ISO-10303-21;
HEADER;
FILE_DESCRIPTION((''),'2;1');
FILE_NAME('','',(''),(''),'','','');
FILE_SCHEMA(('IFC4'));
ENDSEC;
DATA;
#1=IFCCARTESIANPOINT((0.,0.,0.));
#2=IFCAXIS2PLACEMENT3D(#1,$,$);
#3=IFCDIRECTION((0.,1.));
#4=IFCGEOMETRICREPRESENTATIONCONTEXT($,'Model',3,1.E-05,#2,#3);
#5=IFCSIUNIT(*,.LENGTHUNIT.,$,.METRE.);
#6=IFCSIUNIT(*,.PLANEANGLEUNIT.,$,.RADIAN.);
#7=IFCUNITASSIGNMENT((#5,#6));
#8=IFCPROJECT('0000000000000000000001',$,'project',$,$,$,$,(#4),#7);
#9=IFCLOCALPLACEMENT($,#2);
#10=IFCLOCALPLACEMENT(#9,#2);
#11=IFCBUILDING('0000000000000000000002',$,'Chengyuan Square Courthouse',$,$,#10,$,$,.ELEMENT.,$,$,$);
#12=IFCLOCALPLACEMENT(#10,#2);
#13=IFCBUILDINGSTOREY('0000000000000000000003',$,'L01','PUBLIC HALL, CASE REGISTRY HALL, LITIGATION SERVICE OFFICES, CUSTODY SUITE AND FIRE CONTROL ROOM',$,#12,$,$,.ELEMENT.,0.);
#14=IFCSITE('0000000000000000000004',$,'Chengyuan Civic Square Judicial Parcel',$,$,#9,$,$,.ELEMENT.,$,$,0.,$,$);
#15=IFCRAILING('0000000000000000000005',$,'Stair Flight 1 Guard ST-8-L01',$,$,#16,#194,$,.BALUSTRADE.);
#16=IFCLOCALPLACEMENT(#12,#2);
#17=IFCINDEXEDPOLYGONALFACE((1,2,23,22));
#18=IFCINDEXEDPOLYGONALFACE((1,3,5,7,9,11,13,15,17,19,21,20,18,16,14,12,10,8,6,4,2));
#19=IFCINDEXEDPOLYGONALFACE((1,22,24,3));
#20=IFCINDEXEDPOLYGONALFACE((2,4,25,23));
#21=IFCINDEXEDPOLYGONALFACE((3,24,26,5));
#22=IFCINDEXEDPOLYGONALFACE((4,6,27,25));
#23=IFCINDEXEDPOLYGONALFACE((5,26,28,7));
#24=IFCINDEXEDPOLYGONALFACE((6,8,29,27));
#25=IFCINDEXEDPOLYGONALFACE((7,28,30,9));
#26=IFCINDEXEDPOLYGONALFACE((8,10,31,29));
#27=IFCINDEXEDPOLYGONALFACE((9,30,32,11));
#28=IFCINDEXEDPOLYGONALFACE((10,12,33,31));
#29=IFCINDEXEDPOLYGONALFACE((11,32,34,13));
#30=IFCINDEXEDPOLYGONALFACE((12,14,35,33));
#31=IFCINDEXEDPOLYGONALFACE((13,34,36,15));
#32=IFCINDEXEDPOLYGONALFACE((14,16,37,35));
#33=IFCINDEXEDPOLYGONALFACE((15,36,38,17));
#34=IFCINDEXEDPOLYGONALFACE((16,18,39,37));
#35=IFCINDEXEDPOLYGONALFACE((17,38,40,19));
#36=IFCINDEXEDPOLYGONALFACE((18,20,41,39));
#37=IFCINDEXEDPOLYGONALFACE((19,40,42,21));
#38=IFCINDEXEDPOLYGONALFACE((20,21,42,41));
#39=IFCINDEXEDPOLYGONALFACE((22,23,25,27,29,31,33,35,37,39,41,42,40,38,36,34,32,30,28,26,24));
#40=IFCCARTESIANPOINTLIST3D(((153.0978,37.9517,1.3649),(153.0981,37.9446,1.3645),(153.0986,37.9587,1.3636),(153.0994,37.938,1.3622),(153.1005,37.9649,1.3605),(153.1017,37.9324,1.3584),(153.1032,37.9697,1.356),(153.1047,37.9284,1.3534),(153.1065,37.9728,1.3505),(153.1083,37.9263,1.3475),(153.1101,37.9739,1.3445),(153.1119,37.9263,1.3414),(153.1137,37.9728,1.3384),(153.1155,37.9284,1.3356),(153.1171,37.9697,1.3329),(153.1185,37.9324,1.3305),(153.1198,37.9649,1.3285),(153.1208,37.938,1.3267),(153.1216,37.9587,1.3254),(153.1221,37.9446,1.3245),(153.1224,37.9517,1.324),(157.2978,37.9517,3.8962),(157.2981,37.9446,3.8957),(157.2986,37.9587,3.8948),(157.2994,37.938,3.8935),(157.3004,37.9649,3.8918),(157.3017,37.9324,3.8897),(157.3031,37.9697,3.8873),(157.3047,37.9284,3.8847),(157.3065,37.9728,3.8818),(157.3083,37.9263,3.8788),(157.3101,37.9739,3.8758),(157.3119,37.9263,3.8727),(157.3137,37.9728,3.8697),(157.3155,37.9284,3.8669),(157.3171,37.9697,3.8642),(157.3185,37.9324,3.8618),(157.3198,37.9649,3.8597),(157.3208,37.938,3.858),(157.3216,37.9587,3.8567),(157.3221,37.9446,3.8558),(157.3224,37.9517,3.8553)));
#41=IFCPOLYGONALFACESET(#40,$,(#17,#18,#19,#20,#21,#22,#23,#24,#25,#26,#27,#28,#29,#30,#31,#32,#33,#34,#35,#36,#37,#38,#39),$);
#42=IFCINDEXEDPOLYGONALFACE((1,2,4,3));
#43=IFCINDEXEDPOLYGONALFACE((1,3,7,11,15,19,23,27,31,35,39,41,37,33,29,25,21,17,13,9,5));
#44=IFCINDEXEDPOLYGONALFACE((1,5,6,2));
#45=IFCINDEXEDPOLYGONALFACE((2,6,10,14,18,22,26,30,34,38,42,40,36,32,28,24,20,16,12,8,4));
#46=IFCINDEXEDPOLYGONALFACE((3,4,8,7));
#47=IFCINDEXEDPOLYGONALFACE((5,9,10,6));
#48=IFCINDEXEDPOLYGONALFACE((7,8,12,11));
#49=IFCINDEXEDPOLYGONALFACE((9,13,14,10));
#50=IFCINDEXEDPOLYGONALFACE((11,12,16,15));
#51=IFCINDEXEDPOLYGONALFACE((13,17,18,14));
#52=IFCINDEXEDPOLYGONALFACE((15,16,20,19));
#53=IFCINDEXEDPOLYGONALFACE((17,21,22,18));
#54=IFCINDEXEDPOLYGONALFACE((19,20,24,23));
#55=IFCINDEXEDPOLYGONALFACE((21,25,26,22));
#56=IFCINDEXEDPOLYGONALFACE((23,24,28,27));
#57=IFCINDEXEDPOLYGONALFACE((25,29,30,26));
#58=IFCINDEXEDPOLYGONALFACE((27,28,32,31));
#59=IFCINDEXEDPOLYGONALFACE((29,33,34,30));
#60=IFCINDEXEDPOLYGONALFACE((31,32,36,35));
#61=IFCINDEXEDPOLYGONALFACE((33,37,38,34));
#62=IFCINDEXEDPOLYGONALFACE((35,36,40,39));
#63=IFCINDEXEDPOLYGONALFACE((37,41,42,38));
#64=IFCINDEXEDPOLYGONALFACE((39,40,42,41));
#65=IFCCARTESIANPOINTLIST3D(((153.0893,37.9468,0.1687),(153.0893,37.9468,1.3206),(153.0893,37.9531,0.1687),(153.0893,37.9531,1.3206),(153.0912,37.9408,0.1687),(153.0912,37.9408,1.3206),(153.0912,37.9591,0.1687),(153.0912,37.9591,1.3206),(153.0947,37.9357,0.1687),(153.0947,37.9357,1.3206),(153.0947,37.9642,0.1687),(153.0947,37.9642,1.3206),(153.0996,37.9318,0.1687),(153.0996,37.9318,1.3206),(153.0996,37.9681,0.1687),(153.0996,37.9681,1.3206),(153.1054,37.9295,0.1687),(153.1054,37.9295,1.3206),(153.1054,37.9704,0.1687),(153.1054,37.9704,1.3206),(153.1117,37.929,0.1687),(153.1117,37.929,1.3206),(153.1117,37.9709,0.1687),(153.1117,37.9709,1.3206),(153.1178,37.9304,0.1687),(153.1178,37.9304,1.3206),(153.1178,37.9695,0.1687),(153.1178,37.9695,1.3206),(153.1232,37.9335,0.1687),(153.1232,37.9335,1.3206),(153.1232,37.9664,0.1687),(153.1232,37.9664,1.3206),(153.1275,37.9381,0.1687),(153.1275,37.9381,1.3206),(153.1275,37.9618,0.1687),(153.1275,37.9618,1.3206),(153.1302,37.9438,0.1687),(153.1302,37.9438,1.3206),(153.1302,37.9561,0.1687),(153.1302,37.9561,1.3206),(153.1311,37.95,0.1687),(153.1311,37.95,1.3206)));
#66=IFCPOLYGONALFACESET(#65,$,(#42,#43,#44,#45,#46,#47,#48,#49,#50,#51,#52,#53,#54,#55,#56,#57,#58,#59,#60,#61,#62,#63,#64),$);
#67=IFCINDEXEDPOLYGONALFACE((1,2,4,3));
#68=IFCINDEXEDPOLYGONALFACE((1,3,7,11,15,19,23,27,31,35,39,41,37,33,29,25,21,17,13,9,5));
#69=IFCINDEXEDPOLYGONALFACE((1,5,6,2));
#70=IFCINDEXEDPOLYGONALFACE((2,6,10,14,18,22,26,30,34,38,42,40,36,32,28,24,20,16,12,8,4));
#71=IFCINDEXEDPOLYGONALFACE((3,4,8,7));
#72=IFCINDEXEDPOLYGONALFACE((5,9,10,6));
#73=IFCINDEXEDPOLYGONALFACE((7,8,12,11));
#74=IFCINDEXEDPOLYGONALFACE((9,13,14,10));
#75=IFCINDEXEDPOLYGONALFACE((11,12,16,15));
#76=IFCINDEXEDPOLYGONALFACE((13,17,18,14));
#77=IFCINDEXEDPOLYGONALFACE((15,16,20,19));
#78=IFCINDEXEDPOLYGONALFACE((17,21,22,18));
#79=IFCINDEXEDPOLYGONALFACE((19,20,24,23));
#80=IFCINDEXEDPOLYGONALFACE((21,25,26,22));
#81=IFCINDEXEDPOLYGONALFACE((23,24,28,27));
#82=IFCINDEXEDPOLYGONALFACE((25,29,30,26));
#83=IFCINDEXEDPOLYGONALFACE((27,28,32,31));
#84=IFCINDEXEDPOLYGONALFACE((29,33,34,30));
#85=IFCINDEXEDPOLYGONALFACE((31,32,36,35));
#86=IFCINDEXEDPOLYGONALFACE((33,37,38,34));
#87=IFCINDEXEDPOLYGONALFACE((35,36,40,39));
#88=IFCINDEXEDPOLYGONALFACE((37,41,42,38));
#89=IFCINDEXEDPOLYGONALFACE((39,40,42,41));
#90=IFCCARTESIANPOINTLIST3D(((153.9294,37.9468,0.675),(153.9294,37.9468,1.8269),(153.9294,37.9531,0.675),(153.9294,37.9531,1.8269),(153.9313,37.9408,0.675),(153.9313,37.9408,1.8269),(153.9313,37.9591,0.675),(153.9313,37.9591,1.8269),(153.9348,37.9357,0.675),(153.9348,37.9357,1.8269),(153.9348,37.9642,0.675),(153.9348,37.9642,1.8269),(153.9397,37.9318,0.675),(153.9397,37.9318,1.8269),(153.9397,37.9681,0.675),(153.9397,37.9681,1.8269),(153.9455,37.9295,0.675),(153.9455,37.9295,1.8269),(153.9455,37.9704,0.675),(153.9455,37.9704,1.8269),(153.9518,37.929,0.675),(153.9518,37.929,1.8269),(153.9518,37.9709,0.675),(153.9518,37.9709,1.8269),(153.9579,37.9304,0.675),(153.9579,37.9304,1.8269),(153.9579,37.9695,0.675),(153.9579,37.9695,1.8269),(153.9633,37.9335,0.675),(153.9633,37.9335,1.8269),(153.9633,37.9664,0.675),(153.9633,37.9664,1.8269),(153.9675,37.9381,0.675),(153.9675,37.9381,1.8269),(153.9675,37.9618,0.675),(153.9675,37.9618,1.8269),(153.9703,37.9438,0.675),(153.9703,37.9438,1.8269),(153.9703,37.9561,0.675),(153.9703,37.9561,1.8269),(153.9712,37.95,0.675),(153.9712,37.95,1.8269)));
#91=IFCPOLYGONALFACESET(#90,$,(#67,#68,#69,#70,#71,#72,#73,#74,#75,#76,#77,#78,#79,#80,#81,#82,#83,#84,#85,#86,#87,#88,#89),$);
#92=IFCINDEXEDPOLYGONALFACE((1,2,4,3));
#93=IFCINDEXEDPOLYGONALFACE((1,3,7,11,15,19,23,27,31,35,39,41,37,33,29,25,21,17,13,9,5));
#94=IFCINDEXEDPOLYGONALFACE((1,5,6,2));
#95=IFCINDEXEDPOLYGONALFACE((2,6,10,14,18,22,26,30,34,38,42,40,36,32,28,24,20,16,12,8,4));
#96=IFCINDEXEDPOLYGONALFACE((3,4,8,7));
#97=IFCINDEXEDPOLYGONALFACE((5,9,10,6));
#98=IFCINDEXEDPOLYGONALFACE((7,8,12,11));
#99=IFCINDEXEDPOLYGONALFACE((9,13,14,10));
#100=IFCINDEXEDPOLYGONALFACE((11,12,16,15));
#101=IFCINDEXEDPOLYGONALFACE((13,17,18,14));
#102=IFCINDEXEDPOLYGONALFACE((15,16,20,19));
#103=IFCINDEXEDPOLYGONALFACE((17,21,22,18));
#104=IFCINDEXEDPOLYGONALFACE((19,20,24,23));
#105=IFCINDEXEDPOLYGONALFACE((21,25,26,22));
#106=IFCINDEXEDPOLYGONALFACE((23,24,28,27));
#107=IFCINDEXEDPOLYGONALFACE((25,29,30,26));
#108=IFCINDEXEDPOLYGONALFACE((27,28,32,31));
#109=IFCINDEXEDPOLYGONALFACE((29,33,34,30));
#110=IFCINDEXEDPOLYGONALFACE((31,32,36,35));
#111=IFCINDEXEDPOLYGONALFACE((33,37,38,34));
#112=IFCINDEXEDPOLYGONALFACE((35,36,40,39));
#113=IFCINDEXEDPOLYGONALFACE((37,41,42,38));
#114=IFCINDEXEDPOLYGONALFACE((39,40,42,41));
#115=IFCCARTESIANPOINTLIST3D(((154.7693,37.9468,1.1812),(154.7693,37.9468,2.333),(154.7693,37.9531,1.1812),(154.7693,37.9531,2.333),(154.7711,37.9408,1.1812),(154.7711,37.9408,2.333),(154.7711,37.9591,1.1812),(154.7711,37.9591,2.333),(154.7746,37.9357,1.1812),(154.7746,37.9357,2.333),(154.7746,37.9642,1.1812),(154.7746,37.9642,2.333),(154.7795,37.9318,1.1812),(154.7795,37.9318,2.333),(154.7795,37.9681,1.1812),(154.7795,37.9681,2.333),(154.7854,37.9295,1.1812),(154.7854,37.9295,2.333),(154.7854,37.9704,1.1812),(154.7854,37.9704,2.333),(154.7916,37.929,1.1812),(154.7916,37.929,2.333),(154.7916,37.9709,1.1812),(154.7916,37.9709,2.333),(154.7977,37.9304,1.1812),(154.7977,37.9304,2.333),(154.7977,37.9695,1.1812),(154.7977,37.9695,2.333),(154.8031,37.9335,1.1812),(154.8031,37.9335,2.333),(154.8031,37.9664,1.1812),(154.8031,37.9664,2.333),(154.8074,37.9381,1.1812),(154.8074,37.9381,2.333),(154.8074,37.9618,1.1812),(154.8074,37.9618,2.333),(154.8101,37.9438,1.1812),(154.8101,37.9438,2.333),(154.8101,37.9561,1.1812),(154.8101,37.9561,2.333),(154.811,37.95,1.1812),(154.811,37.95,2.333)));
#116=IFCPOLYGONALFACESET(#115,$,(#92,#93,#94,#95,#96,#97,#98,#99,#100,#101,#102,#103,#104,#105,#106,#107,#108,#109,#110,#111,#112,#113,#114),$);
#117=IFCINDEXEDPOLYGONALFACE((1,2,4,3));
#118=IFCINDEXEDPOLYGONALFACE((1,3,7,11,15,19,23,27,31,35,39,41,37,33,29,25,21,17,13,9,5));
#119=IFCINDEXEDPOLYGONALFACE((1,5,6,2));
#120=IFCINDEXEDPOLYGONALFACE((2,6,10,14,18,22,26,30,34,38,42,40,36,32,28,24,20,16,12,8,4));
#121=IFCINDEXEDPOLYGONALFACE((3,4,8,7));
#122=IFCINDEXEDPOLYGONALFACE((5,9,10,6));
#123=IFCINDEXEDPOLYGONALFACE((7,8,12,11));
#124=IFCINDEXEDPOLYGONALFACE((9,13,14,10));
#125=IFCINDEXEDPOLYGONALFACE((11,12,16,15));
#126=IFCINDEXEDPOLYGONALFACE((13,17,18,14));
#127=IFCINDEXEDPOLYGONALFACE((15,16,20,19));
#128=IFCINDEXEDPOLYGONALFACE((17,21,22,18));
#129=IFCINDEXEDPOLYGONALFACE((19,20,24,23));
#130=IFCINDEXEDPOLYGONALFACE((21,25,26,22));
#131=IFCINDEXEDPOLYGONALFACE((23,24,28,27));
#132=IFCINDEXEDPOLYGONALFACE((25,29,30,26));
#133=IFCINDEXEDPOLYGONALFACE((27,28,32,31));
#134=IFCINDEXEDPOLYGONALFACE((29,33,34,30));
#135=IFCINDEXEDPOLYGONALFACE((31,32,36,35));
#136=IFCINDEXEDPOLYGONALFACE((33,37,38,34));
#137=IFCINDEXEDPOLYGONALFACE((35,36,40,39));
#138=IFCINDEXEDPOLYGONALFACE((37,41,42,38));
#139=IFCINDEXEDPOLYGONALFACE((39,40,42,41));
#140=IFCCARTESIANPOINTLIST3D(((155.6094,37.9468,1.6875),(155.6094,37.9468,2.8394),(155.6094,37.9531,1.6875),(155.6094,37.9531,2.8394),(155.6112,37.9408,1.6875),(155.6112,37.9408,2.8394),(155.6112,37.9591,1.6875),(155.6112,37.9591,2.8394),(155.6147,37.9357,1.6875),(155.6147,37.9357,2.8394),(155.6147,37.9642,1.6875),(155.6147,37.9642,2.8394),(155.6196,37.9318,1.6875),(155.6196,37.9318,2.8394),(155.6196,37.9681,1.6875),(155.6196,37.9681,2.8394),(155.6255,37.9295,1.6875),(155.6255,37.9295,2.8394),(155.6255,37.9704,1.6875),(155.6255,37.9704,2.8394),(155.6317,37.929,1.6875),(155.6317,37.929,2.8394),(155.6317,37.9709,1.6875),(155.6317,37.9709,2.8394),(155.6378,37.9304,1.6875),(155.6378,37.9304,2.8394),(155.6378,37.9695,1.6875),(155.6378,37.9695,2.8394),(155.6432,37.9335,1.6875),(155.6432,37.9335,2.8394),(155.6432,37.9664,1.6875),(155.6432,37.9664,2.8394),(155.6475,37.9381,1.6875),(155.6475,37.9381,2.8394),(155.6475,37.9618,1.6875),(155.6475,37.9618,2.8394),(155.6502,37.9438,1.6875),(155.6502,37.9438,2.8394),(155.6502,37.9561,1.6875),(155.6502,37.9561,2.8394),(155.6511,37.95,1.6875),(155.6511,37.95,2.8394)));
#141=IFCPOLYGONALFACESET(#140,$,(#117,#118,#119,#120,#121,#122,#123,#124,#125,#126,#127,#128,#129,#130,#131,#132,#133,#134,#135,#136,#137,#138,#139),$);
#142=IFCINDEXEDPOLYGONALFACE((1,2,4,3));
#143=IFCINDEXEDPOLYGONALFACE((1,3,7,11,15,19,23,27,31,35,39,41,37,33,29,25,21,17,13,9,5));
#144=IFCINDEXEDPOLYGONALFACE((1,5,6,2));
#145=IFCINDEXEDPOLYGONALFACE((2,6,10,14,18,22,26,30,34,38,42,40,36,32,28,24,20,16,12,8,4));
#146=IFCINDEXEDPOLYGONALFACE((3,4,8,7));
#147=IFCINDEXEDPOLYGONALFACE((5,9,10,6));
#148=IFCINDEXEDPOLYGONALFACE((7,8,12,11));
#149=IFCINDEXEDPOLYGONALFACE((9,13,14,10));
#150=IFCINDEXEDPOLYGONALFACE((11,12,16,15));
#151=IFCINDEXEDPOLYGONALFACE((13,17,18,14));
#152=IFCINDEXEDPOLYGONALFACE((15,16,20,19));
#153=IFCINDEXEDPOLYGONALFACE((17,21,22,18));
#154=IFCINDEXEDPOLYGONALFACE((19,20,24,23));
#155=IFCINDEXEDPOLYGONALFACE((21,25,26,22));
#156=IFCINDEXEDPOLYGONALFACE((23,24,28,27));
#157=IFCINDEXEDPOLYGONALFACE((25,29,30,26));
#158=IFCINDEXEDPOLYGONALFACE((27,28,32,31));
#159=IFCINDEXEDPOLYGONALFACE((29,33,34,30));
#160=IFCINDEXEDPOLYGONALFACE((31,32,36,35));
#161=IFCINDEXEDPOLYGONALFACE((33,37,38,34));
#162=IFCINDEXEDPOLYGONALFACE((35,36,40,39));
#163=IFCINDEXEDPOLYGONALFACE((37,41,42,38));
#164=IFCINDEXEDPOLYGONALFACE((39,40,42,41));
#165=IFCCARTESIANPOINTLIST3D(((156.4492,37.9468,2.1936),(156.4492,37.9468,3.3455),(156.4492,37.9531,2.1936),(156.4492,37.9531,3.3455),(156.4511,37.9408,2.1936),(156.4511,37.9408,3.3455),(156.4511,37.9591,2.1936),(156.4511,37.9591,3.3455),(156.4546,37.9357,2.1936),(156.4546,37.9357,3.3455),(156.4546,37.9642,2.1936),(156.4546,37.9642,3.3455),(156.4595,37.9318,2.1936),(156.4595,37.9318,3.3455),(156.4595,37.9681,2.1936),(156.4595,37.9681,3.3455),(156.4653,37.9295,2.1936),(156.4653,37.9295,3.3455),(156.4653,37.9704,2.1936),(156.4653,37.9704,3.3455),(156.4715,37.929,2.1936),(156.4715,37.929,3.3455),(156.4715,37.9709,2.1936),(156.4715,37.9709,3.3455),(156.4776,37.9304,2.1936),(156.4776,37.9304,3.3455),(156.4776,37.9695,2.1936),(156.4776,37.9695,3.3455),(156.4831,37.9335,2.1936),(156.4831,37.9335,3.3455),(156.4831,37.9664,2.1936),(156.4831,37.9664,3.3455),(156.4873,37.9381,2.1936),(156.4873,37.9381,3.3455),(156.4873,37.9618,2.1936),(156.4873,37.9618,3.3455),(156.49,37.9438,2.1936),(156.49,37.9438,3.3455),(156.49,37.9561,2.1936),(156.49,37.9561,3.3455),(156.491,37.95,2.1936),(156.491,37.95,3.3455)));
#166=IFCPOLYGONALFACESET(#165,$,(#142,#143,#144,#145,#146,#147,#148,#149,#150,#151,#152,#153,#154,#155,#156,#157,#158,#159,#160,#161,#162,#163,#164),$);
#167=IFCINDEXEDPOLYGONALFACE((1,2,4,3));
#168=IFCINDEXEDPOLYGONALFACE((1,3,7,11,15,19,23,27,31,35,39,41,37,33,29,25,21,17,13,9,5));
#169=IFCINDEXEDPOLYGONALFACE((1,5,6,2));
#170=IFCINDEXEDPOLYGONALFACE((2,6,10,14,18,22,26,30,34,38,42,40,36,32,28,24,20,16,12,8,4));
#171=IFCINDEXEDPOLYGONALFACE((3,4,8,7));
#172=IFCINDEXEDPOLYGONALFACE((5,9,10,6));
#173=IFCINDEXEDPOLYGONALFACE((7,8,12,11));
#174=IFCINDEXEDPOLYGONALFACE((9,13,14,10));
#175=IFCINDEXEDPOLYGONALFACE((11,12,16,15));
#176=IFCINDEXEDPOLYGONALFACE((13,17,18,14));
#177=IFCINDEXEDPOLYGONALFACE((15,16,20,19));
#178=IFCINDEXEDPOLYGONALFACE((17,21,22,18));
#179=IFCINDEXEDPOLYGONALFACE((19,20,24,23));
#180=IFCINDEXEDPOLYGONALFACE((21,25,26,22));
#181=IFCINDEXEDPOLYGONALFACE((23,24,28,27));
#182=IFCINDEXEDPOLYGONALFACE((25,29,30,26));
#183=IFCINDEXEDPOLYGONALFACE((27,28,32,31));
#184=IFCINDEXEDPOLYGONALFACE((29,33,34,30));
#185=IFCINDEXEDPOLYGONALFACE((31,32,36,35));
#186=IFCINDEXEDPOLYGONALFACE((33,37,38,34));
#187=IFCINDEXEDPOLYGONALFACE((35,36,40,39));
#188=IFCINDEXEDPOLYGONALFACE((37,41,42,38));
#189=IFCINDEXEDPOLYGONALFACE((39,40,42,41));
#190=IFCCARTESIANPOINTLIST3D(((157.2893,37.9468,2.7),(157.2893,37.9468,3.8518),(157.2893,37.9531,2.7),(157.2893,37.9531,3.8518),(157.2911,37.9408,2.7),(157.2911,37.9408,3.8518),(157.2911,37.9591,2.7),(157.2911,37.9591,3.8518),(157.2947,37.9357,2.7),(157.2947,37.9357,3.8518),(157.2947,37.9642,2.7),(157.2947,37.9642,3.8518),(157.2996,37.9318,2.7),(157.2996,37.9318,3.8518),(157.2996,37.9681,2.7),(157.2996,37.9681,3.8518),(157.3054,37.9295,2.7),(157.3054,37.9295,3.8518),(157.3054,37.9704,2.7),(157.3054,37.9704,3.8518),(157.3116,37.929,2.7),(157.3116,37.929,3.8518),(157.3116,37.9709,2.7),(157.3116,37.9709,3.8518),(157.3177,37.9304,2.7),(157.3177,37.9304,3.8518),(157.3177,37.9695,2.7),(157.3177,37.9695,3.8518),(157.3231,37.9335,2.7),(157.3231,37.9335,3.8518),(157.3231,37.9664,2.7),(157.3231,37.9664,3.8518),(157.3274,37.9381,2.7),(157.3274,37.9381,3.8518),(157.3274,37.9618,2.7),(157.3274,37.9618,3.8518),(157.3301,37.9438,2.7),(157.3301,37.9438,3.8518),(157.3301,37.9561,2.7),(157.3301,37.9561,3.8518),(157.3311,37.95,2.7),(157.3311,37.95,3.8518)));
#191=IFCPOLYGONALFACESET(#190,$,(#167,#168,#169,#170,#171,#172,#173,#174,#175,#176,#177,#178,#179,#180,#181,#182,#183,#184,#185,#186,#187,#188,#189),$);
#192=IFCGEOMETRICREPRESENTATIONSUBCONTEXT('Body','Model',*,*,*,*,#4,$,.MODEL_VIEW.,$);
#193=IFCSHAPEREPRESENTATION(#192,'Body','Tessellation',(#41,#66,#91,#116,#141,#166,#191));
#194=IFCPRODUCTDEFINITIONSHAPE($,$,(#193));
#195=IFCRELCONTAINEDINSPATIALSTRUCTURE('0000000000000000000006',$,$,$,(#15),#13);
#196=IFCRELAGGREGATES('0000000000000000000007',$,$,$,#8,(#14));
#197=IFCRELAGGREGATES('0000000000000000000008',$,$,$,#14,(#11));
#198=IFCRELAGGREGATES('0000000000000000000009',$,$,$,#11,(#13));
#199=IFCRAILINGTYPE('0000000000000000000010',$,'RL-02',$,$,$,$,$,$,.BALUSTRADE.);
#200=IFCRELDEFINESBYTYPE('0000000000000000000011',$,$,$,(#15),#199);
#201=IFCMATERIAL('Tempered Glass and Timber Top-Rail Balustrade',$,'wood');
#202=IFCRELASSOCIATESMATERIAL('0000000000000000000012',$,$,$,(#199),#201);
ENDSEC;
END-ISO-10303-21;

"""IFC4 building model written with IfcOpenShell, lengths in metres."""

from ifc_helpers import new_model, si_unit, direction, frame, origin, origin_2d, place, context, subcontext, project, spatial, circle, extrude, material, type_object, element, save


model = new_model("IFC4")

# Units and contexts
model_context = context("Model", 3, precision=1e-05, world=origin(), true_north=direction((0.0, 1.0)))
body_context = subcontext(model_context, "Body", "Model", "MODEL_VIEW")
ifc_project = project(units=[si_unit("LENGTHUNIT", "METRE"), si_unit("PLANEANGLEUNIT", "RADIAN")], contexts=[model_context])

# Site, building, storey
site_placement = place(None, origin())
site = spatial("IfcSite", under=ifc_project, at=site_placement, Name="Chengyuan Civic Square Judicial Parcel", CompositionType="ELEMENT", RefElevation=0.0)
building_placement = place(site_placement, origin())
building = spatial("IfcBuilding", under=site, at=building_placement, Name="Chengyuan Square Courthouse", CompositionType="ELEMENT")
storey_placement = place(building_placement, origin())
storey = spatial("IfcBuildingStorey", under=building, at=storey_placement, Name="L01", Description="PUBLIC HALL, CASE REGISTRY HALL, LITIGATION SERVICE OFFICES, CUSTODY SUITE AND FIRE CONTROL ROOM", CompositionType="ELEMENT", Elevation=0.0)

# Railing
ifc_material_1 = material(Name="Tempered Glass and Timber Top-Rail Balustrade", Category="wood")
railing_type_1 = type_object("IfcRailingType", Name="RL-02", PredefinedType="BALUSTRADE", material=ifc_material_1)
railing_1_placement = place(storey_placement, frame((153.1101, 37.95, 0.1687)))
element("IfcRailing", 1, at=railing_1_placement, inside=storey, type_object=railing_type_1, Name="Stair Flight 1 Guard ST-8-L01", PredefinedType="BALUSTRADE", context=body_context, shape_type="SweptSolid", body=[
    extrude(circle(Radius=0.0239, at=origin_2d()), frame((0.0, 0.0, 1.1758), z_axis=(0.856476, 0.0, 0.516186), x_axis=(0.0, 1.0, 0.0)), (0.0, 0.0, 1.0), 4.9038),
    extrude(circle(Radius=0.021, at=origin_2d()), origin(), (0.0, 0.0, 1.0), 1.1519),
    extrude(circle(Radius=0.021, at=origin_2d()), frame((0.8401, 0.0, 0.5063)), (0.0, 0.0, 1.0), 1.1519),
    extrude(circle(Radius=0.021, at=origin_2d()), frame((1.6799, 0.0, 1.0125)), (0.0, 0.0, 1.0), 1.1519),
    extrude(circle(Radius=0.021, at=origin_2d()), frame((2.52, 0.0, 1.5188)), (0.0, 0.0, 1.0), 1.1519),
    extrude(circle(Radius=0.021, at=origin_2d()), frame((3.3599, 0.0, 2.0249)), (0.0, 0.0, 1.0), 1.1519),
    extrude(circle(Radius=0.021, at=origin_2d()), frame((4.2, 0.0, 2.5312)), (0.0, 0.0, 1.0), 1.1519),
])

save(model, "model.ifc")
